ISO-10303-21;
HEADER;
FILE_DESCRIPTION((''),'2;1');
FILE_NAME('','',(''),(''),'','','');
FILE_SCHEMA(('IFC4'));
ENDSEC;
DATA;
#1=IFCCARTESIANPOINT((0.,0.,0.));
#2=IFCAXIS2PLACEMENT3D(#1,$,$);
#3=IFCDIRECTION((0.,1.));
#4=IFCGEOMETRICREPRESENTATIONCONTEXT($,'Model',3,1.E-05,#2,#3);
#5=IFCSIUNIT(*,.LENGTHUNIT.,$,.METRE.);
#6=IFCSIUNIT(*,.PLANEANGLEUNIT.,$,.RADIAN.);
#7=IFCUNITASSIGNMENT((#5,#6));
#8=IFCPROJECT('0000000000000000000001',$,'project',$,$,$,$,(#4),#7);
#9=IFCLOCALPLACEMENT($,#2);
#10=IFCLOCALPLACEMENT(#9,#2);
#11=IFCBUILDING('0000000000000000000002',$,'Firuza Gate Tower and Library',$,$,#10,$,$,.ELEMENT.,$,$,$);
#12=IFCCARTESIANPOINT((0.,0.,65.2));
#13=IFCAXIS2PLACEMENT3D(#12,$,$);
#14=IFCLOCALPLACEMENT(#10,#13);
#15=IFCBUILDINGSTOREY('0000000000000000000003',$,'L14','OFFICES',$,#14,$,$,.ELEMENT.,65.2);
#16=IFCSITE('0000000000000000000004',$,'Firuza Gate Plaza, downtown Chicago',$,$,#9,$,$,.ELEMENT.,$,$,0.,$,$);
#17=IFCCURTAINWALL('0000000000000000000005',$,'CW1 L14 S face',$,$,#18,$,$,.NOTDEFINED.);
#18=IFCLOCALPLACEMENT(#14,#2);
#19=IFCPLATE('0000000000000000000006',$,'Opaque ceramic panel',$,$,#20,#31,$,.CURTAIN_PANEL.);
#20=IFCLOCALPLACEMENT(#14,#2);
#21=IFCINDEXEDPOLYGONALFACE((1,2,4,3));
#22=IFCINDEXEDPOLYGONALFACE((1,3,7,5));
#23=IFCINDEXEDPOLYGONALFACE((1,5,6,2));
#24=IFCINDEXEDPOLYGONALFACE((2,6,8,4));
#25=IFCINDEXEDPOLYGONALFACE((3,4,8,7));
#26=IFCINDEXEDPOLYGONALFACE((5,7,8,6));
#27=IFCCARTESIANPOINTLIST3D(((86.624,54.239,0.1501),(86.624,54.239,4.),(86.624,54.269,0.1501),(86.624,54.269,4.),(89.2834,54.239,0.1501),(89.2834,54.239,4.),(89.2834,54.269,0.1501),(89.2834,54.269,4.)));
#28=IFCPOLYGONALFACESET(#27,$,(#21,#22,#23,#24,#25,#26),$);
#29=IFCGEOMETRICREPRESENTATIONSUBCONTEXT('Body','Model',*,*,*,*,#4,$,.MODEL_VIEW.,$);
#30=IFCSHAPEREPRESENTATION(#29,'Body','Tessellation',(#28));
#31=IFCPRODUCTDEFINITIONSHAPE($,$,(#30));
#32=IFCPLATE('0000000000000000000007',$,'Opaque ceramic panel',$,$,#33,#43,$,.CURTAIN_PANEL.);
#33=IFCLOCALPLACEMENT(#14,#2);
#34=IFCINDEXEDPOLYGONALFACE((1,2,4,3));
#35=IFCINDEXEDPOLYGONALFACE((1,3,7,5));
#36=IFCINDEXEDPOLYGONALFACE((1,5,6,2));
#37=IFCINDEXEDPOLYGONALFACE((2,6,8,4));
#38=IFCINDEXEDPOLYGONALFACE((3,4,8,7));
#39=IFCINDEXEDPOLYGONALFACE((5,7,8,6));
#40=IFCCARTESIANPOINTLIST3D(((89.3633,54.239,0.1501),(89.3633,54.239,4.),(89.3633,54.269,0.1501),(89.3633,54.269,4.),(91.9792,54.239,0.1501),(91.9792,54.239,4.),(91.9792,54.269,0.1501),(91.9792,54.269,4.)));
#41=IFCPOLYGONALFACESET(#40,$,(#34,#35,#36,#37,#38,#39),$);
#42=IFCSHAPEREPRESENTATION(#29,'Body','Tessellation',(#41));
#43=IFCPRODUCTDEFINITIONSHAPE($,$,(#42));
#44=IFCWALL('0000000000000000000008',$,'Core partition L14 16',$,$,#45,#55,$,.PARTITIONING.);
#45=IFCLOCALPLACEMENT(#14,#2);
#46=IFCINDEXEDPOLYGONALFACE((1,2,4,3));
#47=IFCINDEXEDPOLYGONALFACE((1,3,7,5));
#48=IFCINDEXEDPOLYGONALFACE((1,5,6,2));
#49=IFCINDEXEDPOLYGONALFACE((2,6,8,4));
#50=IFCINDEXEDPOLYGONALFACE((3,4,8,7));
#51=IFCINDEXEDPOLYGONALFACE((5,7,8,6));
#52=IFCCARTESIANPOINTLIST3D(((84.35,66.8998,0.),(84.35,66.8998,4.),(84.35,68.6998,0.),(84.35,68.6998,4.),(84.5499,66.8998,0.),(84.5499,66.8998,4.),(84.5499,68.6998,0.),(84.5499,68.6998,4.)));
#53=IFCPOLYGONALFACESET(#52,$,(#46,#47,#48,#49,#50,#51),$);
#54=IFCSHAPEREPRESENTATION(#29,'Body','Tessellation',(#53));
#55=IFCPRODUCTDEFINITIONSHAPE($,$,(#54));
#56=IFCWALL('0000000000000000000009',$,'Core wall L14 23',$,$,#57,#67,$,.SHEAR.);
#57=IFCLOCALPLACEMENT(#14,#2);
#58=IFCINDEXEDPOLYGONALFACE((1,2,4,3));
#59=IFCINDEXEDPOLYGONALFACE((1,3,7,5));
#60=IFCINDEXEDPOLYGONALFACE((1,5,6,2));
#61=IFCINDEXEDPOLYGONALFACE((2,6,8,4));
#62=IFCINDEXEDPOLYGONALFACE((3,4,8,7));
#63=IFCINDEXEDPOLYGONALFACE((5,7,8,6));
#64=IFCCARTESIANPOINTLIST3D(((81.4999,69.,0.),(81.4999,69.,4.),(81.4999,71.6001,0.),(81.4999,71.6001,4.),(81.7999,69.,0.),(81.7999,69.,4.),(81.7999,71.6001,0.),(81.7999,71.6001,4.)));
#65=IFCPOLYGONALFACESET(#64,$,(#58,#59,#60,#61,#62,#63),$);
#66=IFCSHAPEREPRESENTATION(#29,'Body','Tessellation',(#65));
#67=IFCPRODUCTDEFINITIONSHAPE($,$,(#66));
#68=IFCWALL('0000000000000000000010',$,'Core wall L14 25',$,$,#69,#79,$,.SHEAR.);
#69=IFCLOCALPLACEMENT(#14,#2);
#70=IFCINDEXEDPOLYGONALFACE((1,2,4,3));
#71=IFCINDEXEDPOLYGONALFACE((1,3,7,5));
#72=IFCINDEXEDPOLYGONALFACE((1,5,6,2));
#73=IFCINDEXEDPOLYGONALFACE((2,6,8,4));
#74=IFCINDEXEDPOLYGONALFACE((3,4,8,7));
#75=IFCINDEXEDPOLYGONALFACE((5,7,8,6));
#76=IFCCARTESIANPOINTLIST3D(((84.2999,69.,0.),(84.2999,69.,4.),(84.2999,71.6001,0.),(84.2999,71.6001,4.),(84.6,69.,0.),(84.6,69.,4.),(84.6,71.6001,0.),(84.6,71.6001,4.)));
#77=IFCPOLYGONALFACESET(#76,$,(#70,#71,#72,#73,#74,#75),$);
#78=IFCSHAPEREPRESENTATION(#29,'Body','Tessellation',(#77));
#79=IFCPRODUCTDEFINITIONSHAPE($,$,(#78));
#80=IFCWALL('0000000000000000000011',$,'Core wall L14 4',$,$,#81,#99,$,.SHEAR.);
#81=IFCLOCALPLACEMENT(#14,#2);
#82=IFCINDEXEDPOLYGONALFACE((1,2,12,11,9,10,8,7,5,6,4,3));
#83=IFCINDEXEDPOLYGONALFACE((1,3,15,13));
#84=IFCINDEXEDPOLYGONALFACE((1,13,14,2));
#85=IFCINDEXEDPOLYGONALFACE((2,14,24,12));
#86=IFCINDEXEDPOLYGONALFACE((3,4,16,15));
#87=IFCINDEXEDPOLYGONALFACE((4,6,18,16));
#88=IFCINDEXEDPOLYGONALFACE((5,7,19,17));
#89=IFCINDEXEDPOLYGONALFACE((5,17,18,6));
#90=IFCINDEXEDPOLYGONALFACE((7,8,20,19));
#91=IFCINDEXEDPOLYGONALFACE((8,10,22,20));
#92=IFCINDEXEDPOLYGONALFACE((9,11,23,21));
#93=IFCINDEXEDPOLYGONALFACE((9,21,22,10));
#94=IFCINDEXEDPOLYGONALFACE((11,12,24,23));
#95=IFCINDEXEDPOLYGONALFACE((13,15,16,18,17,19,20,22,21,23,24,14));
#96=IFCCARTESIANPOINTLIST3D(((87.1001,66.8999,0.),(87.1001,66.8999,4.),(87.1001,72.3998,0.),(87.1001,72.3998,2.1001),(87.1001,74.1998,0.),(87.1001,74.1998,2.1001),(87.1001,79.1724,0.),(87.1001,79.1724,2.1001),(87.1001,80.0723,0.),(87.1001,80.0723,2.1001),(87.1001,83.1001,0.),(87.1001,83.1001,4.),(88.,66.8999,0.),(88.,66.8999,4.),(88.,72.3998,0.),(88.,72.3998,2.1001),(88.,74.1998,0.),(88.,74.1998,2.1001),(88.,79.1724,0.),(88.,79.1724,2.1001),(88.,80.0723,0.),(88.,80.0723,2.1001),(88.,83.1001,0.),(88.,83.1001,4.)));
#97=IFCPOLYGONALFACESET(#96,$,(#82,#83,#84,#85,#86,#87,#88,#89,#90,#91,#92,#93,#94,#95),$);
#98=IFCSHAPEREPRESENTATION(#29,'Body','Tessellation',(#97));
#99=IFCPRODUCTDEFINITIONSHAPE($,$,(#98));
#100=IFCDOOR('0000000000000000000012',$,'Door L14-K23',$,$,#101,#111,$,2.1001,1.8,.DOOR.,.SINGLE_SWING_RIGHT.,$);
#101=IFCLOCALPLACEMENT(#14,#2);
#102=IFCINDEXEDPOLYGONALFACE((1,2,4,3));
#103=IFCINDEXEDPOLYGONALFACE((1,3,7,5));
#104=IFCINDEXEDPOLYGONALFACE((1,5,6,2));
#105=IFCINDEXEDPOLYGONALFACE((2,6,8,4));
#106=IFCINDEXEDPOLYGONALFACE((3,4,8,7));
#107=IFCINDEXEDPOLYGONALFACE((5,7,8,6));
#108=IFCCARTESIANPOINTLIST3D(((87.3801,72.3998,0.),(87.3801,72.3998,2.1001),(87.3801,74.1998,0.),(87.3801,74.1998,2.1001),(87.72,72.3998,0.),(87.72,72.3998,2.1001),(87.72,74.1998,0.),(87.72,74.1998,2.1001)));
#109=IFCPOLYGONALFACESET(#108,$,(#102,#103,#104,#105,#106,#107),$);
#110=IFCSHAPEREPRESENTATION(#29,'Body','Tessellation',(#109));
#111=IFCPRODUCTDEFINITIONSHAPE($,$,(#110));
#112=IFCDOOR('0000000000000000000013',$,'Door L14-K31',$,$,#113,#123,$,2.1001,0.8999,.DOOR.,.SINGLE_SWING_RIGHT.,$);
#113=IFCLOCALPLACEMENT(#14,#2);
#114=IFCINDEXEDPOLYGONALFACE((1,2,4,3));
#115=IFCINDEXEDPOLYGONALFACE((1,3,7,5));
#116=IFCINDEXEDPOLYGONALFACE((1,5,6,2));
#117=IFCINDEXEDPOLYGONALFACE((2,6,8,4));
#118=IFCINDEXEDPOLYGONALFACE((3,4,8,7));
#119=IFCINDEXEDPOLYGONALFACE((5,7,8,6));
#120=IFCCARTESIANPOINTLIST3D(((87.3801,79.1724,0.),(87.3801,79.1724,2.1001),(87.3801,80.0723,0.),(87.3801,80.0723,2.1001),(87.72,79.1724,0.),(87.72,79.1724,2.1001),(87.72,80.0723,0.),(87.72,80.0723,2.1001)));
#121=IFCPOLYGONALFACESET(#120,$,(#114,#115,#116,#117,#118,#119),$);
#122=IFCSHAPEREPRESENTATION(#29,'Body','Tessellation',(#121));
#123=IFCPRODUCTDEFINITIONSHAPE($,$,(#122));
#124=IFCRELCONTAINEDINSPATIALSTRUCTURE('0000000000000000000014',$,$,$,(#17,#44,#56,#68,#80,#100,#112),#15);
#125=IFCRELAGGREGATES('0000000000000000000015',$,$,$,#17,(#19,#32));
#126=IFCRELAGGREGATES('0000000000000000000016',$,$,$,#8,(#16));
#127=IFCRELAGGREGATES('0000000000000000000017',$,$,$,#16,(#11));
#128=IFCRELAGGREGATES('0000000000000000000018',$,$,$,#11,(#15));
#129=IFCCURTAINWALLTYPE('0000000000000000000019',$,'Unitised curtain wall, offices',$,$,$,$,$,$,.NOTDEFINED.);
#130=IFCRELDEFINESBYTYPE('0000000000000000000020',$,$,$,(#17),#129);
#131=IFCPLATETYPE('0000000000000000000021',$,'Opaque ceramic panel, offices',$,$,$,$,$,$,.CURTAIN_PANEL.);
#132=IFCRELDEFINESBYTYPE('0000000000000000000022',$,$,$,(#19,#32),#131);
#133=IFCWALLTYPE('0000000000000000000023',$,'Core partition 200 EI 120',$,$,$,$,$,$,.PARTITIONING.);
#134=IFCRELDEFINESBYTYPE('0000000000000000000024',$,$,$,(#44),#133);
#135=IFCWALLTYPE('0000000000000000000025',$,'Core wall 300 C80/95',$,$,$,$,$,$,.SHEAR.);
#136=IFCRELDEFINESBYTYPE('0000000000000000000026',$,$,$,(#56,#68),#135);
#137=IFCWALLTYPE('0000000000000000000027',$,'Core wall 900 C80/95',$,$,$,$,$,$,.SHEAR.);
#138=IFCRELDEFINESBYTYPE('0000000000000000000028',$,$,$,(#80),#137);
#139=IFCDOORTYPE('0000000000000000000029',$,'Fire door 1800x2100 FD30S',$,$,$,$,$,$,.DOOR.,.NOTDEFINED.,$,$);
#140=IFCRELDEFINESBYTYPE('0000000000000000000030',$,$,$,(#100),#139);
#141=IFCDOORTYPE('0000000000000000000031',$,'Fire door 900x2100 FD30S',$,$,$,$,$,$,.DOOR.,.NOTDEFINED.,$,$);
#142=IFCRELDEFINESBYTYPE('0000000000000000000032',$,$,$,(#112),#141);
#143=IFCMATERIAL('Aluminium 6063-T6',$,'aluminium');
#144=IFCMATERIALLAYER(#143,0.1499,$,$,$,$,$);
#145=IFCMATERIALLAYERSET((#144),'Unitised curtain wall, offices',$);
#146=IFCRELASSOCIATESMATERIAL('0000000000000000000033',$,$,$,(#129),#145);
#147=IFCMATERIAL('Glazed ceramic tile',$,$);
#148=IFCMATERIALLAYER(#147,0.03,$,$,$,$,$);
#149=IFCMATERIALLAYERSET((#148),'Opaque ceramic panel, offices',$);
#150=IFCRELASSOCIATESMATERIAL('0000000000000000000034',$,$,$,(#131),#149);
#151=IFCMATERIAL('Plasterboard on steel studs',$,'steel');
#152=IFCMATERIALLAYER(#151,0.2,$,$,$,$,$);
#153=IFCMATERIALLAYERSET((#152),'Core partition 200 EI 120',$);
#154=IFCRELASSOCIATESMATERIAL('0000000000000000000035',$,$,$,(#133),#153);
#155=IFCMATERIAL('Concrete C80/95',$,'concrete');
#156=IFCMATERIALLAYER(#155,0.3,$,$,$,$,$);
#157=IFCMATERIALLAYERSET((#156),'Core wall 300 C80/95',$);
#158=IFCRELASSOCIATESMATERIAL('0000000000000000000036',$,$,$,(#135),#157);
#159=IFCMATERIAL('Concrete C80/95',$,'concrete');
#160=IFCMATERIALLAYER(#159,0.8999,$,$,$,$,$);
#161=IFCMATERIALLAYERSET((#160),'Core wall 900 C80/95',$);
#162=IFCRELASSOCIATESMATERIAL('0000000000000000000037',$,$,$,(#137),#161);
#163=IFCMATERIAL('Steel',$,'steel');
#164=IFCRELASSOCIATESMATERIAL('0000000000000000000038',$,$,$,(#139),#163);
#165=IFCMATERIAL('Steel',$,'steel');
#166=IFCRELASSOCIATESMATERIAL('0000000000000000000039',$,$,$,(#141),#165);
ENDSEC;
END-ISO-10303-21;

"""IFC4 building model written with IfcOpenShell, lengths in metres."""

from ifc_helpers import new_model, si_unit, direction, frame, frame_2d, origin, place, context, subcontext, project, spatial, polyline, rectangle, outline, extrude, material, layer, layer_set, type_object, element, fill, aggregate, save


model = new_model("IFC4")

# Units and contexts
model_context = context("Model", 3, precision=1e-05, world=origin(), true_north=direction((0.0, 1.0)))
body_context = subcontext(model_context, "Body", "Model", "MODEL_VIEW")
ifc_project = project(units=[si_unit("LENGTHUNIT", "METRE"), si_unit("PLANEANGLEUNIT", "RADIAN")], contexts=[model_context])

# Site, building, storey
site_placement = place(None, origin())
site = spatial("IfcSite", under=ifc_project, at=site_placement, Name="Firuza Gate Plaza, downtown Chicago", CompositionType="ELEMENT", RefElevation=0.0)
building_placement = place(site_placement, origin())
building = spatial("IfcBuilding", under=site, at=building_placement, Name="Firuza Gate Tower and Library", CompositionType="ELEMENT")
storey_placement = place(building_placement, frame((0.0, 0.0, 65.2)))
storey = spatial("IfcBuildingStorey", under=building, at=storey_placement, Name="L14", Description="OFFICES", CompositionType="ELEMENT", Elevation=65.2)

# Curtain wall
ifc_material_1 = material(Name="Aluminium 6063-T6", Category="aluminium")
ifc_layer_1 = layer(ifc_material_1, 0.1499)
ifc_layer_set_1 = layer_set([ifc_layer_1], Name="Unitised curtain wall, offices")
curtain_wall_type = type_object("IfcCurtainWallType", Name="Unitised curtain wall, offices", PredefinedType="NOTDEFINED", material=ifc_layer_set_1)
curtain_wall_placement = place(storey_placement, origin())
curtain_wall = element("IfcCurtainWall", 1, at=curtain_wall_placement, inside=storey, type_object=curtain_wall_type, Name="CW1 L14 S face", PredefinedType="NOTDEFINED")

# Plates
ifc_material_2 = material(Name="Glazed ceramic tile")
ifc_layer_2 = layer(ifc_material_2, 0.03)
ifc_layer_set_2 = layer_set([ifc_layer_2], Name="Opaque ceramic panel, offices")
plate_type_1 = type_object("IfcPlateType", Name="Opaque ceramic panel, offices", PredefinedType="CURTAIN_PANEL", material=ifc_layer_set_2)
plate_1_placement = place(storey_placement, frame((86.624, 54.239, 0.1501), z_axis=(0.0, -1.0, 0.0), x_axis=(1.0, 0.0, 0.0)))
plate_1 = element("IfcPlate", 2, at=plate_1_placement, type_object=plate_type_1, Name="Opaque ceramic panel", PredefinedType="CURTAIN_PANEL", context=body_context, shape_type="SweptSolid", body=[
    extrude(outline(polyline([(0.0, 0.0), (2.6594, 0.0), (2.6594, 3.8499), (0.0, 3.8499), (0.0, 0.0)])), origin(), (0.0, 0.0, -1.0), 0.03),
])
plate_2_placement = place(storey_placement, frame((89.3633, 54.239, 0.1501), z_axis=(0.0, -1.0, 0.0), x_axis=(1.0, 0.0, 0.0)))
plate_2 = element("IfcPlate", 3, at=plate_2_placement, type_object=plate_type_1, Name="Opaque ceramic panel", PredefinedType="CURTAIN_PANEL", context=body_context, shape_type="SweptSolid", body=[
    extrude(outline(polyline([(0.0, 0.0), (2.616, 0.0), (2.616, 3.8499), (0.0, 3.8499), (0.0, 0.0)])), origin(), (0.0, 0.0, -1.0), 0.03),
])
aggregate(curtain_wall, [plate_1, plate_2])

# Walls
ifc_material_3 = material(Name="Plasterboard on steel studs", Category="steel")
ifc_layer_3 = layer(ifc_material_3, 0.2)
ifc_layer_set_3 = layer_set([ifc_layer_3], Name="Core partition 200 EI 120")
wall_type_1 = type_object("IfcWallType", Name="Core partition 200 EI 120", PredefinedType="PARTITIONING", material=ifc_layer_set_3)
wall_1_placement = place(storey_placement, frame((84.45, 66.8999, 0.0), z_axis=(0.0, 0.0, 1.0), x_axis=(0.0, 1.0, 0.0)))
element("IfcWall", 4, at=wall_1_placement, inside=storey, type_object=wall_type_1, Name="Core partition L14 16", PredefinedType="PARTITIONING", context=body_context, shape_type="SweptSolid", body=[
    extrude(rectangle(XDim=1.8, YDim=0.2, at=frame_2d((0.8999, 0.0))), origin(), (0.0, 0.0, 1.0), 4.0),
])
ifc_material_4 = material(Name="Concrete C80/95", Category="concrete")
ifc_layer_4 = layer(ifc_material_4, 0.3)
ifc_layer_set_4 = layer_set([ifc_layer_4], Name="Core wall 300 C80/95")
wall_type_2 = type_object("IfcWallType", Name="Core wall 300 C80/95", PredefinedType="SHEAR", material=ifc_layer_set_4)
for number, where, z_axis, x_axis, name in (
    (5, (81.6499, 69.0, 0.0), (0.0, 0.0, 1.0), (0.0, 1.0, 0.0), "Core wall L14 23"),
    (6, (84.45, 69.0, 0.0), (0.0, 0.0, 1.0), (0.0, 1.0, 0.0), "Core wall L14 25"),
):
    element("IfcWall", number, at=place(storey_placement, frame(where, z_axis=z_axis, x_axis=x_axis)), inside=storey, type_object=wall_type_2, Name=name, PredefinedType="SHEAR", context=body_context, shape_type="SweptSolid", body=[
        extrude(rectangle(XDim=2.6001, YDim=0.3, at=frame_2d((1.3, 0.0))), origin(), (0.0, 0.0, 1.0), 4.0),
    ])

# Wall, openings, doors
ifc_material_5 = material(Name="Concrete C80/95", Category="concrete")
ifc_layer_5 = layer(ifc_material_5, 0.8999)
ifc_layer_set_5 = layer_set([ifc_layer_5], Name="Core wall 900 C80/95")
wall_type_3 = type_object("IfcWallType", Name="Core wall 900 C80/95", PredefinedType="SHEAR", material=ifc_layer_set_5)
wall_2_placement = place(storey_placement, frame((87.55, 66.8999, 0.0), z_axis=(0.0, 0.0, 1.0), x_axis=(0.0, 1.0, 0.0)))
wall_2 = element("IfcWall", 7, at=wall_2_placement, inside=storey, type_object=wall_type_3, Name="Core wall L14 4", PredefinedType="SHEAR", context=body_context, shape_type="SweptSolid", body=[
    extrude(rectangle(XDim=16.2002, YDim=0.8999, at=frame_2d((8.1001, 0.0))), origin(), (0.0, 0.0, 1.0), 4.0),
])
opening_1_placement = place(wall_2_placement, frame((5.5, 0.0, 0.0)))
opening_1 = element("IfcOpeningElement", 8, at=opening_1_placement, cuts=wall_2, PredefinedType="OPENING", context=body_context, shape_type="SweptSolid", body=[
    extrude(rectangle(XDim=1.8, YDim=2.1001, at=frame_2d((0.8999, 1.05))), frame((0.0, 0.46, 0.0), z_axis=(0.0, -1.0, 0.0), x_axis=(1.0, 0.0, 0.0)), (0.0, 0.0, 1.0), 0.9199),
])
opening_2_placement = place(wall_2_placement, frame((12.2725, 0.0, 0.0)))
opening_2 = element("IfcOpeningElement", 9, at=opening_2_placement, cuts=wall_2, PredefinedType="OPENING", context=body_context, shape_type="SweptSolid", body=[
    extrude(rectangle(XDim=0.8999, YDim=2.1001, at=frame_2d((0.45, 1.05))), frame((0.0, 0.46, 0.0), z_axis=(0.0, -1.0, 0.0), x_axis=(1.0, 0.0, 0.0)), (0.0, 0.0, 1.0), 0.9199),
])
ifc_material_6 = material(Name="Steel", Category="steel")
door_type_1 = type_object("IfcDoorType", Name="Fire door 1800x2100 FD30S", OperationType="NOTDEFINED", PredefinedType="DOOR", material=ifc_material_6)
door_1_placement = place(opening_1_placement, origin())
door_1 = element("IfcDoor", 10, at=door_1_placement, inside=storey, type_object=door_type_1, Name="Door L14-K23", OperationType="SINGLE_SWING_RIGHT", OverallHeight=2.1001, OverallWidth=1.8, PredefinedType="DOOR", context=body_context, shape_type="SweptSolid", body=[
    extrude(rectangle(XDim=1.8, YDim=2.1001, at=frame_2d((0.8999, 1.05))), frame((0.0, 0.1699, 0.0), z_axis=(0.0, -1.0, 0.0), x_axis=(1.0, 0.0, 0.0)), (0.0, 0.0, 1.0), 0.3398),
])
fill(opening_1, door_1)
ifc_material_7 = material(Name="Steel", Category="steel")
door_type_2 = type_object("IfcDoorType", Name="Fire door 900x2100 FD30S", OperationType="NOTDEFINED", PredefinedType="DOOR", material=ifc_material_7)
door_2_placement = place(opening_2_placement, origin())
door_2 = element("IfcDoor", 11, at=door_2_placement, inside=storey, type_object=door_type_2, Name="Door L14-K31", OperationType="SINGLE_SWING_RIGHT", OverallHeight=2.1001, OverallWidth=0.8999, PredefinedType="DOOR", context=body_context, shape_type="SweptSolid", body=[
    extrude(rectangle(XDim=0.8999, YDim=2.1001, at=frame_2d((0.45, 1.05))), frame((0.0, 0.1699, 0.0), z_axis=(0.0, -1.0, 0.0), x_axis=(1.0, 0.0, 0.0)), (0.0, 0.0, 1.0), 0.3398),
])
fill(opening_2, door_2)

save(model, "model.ifc")
